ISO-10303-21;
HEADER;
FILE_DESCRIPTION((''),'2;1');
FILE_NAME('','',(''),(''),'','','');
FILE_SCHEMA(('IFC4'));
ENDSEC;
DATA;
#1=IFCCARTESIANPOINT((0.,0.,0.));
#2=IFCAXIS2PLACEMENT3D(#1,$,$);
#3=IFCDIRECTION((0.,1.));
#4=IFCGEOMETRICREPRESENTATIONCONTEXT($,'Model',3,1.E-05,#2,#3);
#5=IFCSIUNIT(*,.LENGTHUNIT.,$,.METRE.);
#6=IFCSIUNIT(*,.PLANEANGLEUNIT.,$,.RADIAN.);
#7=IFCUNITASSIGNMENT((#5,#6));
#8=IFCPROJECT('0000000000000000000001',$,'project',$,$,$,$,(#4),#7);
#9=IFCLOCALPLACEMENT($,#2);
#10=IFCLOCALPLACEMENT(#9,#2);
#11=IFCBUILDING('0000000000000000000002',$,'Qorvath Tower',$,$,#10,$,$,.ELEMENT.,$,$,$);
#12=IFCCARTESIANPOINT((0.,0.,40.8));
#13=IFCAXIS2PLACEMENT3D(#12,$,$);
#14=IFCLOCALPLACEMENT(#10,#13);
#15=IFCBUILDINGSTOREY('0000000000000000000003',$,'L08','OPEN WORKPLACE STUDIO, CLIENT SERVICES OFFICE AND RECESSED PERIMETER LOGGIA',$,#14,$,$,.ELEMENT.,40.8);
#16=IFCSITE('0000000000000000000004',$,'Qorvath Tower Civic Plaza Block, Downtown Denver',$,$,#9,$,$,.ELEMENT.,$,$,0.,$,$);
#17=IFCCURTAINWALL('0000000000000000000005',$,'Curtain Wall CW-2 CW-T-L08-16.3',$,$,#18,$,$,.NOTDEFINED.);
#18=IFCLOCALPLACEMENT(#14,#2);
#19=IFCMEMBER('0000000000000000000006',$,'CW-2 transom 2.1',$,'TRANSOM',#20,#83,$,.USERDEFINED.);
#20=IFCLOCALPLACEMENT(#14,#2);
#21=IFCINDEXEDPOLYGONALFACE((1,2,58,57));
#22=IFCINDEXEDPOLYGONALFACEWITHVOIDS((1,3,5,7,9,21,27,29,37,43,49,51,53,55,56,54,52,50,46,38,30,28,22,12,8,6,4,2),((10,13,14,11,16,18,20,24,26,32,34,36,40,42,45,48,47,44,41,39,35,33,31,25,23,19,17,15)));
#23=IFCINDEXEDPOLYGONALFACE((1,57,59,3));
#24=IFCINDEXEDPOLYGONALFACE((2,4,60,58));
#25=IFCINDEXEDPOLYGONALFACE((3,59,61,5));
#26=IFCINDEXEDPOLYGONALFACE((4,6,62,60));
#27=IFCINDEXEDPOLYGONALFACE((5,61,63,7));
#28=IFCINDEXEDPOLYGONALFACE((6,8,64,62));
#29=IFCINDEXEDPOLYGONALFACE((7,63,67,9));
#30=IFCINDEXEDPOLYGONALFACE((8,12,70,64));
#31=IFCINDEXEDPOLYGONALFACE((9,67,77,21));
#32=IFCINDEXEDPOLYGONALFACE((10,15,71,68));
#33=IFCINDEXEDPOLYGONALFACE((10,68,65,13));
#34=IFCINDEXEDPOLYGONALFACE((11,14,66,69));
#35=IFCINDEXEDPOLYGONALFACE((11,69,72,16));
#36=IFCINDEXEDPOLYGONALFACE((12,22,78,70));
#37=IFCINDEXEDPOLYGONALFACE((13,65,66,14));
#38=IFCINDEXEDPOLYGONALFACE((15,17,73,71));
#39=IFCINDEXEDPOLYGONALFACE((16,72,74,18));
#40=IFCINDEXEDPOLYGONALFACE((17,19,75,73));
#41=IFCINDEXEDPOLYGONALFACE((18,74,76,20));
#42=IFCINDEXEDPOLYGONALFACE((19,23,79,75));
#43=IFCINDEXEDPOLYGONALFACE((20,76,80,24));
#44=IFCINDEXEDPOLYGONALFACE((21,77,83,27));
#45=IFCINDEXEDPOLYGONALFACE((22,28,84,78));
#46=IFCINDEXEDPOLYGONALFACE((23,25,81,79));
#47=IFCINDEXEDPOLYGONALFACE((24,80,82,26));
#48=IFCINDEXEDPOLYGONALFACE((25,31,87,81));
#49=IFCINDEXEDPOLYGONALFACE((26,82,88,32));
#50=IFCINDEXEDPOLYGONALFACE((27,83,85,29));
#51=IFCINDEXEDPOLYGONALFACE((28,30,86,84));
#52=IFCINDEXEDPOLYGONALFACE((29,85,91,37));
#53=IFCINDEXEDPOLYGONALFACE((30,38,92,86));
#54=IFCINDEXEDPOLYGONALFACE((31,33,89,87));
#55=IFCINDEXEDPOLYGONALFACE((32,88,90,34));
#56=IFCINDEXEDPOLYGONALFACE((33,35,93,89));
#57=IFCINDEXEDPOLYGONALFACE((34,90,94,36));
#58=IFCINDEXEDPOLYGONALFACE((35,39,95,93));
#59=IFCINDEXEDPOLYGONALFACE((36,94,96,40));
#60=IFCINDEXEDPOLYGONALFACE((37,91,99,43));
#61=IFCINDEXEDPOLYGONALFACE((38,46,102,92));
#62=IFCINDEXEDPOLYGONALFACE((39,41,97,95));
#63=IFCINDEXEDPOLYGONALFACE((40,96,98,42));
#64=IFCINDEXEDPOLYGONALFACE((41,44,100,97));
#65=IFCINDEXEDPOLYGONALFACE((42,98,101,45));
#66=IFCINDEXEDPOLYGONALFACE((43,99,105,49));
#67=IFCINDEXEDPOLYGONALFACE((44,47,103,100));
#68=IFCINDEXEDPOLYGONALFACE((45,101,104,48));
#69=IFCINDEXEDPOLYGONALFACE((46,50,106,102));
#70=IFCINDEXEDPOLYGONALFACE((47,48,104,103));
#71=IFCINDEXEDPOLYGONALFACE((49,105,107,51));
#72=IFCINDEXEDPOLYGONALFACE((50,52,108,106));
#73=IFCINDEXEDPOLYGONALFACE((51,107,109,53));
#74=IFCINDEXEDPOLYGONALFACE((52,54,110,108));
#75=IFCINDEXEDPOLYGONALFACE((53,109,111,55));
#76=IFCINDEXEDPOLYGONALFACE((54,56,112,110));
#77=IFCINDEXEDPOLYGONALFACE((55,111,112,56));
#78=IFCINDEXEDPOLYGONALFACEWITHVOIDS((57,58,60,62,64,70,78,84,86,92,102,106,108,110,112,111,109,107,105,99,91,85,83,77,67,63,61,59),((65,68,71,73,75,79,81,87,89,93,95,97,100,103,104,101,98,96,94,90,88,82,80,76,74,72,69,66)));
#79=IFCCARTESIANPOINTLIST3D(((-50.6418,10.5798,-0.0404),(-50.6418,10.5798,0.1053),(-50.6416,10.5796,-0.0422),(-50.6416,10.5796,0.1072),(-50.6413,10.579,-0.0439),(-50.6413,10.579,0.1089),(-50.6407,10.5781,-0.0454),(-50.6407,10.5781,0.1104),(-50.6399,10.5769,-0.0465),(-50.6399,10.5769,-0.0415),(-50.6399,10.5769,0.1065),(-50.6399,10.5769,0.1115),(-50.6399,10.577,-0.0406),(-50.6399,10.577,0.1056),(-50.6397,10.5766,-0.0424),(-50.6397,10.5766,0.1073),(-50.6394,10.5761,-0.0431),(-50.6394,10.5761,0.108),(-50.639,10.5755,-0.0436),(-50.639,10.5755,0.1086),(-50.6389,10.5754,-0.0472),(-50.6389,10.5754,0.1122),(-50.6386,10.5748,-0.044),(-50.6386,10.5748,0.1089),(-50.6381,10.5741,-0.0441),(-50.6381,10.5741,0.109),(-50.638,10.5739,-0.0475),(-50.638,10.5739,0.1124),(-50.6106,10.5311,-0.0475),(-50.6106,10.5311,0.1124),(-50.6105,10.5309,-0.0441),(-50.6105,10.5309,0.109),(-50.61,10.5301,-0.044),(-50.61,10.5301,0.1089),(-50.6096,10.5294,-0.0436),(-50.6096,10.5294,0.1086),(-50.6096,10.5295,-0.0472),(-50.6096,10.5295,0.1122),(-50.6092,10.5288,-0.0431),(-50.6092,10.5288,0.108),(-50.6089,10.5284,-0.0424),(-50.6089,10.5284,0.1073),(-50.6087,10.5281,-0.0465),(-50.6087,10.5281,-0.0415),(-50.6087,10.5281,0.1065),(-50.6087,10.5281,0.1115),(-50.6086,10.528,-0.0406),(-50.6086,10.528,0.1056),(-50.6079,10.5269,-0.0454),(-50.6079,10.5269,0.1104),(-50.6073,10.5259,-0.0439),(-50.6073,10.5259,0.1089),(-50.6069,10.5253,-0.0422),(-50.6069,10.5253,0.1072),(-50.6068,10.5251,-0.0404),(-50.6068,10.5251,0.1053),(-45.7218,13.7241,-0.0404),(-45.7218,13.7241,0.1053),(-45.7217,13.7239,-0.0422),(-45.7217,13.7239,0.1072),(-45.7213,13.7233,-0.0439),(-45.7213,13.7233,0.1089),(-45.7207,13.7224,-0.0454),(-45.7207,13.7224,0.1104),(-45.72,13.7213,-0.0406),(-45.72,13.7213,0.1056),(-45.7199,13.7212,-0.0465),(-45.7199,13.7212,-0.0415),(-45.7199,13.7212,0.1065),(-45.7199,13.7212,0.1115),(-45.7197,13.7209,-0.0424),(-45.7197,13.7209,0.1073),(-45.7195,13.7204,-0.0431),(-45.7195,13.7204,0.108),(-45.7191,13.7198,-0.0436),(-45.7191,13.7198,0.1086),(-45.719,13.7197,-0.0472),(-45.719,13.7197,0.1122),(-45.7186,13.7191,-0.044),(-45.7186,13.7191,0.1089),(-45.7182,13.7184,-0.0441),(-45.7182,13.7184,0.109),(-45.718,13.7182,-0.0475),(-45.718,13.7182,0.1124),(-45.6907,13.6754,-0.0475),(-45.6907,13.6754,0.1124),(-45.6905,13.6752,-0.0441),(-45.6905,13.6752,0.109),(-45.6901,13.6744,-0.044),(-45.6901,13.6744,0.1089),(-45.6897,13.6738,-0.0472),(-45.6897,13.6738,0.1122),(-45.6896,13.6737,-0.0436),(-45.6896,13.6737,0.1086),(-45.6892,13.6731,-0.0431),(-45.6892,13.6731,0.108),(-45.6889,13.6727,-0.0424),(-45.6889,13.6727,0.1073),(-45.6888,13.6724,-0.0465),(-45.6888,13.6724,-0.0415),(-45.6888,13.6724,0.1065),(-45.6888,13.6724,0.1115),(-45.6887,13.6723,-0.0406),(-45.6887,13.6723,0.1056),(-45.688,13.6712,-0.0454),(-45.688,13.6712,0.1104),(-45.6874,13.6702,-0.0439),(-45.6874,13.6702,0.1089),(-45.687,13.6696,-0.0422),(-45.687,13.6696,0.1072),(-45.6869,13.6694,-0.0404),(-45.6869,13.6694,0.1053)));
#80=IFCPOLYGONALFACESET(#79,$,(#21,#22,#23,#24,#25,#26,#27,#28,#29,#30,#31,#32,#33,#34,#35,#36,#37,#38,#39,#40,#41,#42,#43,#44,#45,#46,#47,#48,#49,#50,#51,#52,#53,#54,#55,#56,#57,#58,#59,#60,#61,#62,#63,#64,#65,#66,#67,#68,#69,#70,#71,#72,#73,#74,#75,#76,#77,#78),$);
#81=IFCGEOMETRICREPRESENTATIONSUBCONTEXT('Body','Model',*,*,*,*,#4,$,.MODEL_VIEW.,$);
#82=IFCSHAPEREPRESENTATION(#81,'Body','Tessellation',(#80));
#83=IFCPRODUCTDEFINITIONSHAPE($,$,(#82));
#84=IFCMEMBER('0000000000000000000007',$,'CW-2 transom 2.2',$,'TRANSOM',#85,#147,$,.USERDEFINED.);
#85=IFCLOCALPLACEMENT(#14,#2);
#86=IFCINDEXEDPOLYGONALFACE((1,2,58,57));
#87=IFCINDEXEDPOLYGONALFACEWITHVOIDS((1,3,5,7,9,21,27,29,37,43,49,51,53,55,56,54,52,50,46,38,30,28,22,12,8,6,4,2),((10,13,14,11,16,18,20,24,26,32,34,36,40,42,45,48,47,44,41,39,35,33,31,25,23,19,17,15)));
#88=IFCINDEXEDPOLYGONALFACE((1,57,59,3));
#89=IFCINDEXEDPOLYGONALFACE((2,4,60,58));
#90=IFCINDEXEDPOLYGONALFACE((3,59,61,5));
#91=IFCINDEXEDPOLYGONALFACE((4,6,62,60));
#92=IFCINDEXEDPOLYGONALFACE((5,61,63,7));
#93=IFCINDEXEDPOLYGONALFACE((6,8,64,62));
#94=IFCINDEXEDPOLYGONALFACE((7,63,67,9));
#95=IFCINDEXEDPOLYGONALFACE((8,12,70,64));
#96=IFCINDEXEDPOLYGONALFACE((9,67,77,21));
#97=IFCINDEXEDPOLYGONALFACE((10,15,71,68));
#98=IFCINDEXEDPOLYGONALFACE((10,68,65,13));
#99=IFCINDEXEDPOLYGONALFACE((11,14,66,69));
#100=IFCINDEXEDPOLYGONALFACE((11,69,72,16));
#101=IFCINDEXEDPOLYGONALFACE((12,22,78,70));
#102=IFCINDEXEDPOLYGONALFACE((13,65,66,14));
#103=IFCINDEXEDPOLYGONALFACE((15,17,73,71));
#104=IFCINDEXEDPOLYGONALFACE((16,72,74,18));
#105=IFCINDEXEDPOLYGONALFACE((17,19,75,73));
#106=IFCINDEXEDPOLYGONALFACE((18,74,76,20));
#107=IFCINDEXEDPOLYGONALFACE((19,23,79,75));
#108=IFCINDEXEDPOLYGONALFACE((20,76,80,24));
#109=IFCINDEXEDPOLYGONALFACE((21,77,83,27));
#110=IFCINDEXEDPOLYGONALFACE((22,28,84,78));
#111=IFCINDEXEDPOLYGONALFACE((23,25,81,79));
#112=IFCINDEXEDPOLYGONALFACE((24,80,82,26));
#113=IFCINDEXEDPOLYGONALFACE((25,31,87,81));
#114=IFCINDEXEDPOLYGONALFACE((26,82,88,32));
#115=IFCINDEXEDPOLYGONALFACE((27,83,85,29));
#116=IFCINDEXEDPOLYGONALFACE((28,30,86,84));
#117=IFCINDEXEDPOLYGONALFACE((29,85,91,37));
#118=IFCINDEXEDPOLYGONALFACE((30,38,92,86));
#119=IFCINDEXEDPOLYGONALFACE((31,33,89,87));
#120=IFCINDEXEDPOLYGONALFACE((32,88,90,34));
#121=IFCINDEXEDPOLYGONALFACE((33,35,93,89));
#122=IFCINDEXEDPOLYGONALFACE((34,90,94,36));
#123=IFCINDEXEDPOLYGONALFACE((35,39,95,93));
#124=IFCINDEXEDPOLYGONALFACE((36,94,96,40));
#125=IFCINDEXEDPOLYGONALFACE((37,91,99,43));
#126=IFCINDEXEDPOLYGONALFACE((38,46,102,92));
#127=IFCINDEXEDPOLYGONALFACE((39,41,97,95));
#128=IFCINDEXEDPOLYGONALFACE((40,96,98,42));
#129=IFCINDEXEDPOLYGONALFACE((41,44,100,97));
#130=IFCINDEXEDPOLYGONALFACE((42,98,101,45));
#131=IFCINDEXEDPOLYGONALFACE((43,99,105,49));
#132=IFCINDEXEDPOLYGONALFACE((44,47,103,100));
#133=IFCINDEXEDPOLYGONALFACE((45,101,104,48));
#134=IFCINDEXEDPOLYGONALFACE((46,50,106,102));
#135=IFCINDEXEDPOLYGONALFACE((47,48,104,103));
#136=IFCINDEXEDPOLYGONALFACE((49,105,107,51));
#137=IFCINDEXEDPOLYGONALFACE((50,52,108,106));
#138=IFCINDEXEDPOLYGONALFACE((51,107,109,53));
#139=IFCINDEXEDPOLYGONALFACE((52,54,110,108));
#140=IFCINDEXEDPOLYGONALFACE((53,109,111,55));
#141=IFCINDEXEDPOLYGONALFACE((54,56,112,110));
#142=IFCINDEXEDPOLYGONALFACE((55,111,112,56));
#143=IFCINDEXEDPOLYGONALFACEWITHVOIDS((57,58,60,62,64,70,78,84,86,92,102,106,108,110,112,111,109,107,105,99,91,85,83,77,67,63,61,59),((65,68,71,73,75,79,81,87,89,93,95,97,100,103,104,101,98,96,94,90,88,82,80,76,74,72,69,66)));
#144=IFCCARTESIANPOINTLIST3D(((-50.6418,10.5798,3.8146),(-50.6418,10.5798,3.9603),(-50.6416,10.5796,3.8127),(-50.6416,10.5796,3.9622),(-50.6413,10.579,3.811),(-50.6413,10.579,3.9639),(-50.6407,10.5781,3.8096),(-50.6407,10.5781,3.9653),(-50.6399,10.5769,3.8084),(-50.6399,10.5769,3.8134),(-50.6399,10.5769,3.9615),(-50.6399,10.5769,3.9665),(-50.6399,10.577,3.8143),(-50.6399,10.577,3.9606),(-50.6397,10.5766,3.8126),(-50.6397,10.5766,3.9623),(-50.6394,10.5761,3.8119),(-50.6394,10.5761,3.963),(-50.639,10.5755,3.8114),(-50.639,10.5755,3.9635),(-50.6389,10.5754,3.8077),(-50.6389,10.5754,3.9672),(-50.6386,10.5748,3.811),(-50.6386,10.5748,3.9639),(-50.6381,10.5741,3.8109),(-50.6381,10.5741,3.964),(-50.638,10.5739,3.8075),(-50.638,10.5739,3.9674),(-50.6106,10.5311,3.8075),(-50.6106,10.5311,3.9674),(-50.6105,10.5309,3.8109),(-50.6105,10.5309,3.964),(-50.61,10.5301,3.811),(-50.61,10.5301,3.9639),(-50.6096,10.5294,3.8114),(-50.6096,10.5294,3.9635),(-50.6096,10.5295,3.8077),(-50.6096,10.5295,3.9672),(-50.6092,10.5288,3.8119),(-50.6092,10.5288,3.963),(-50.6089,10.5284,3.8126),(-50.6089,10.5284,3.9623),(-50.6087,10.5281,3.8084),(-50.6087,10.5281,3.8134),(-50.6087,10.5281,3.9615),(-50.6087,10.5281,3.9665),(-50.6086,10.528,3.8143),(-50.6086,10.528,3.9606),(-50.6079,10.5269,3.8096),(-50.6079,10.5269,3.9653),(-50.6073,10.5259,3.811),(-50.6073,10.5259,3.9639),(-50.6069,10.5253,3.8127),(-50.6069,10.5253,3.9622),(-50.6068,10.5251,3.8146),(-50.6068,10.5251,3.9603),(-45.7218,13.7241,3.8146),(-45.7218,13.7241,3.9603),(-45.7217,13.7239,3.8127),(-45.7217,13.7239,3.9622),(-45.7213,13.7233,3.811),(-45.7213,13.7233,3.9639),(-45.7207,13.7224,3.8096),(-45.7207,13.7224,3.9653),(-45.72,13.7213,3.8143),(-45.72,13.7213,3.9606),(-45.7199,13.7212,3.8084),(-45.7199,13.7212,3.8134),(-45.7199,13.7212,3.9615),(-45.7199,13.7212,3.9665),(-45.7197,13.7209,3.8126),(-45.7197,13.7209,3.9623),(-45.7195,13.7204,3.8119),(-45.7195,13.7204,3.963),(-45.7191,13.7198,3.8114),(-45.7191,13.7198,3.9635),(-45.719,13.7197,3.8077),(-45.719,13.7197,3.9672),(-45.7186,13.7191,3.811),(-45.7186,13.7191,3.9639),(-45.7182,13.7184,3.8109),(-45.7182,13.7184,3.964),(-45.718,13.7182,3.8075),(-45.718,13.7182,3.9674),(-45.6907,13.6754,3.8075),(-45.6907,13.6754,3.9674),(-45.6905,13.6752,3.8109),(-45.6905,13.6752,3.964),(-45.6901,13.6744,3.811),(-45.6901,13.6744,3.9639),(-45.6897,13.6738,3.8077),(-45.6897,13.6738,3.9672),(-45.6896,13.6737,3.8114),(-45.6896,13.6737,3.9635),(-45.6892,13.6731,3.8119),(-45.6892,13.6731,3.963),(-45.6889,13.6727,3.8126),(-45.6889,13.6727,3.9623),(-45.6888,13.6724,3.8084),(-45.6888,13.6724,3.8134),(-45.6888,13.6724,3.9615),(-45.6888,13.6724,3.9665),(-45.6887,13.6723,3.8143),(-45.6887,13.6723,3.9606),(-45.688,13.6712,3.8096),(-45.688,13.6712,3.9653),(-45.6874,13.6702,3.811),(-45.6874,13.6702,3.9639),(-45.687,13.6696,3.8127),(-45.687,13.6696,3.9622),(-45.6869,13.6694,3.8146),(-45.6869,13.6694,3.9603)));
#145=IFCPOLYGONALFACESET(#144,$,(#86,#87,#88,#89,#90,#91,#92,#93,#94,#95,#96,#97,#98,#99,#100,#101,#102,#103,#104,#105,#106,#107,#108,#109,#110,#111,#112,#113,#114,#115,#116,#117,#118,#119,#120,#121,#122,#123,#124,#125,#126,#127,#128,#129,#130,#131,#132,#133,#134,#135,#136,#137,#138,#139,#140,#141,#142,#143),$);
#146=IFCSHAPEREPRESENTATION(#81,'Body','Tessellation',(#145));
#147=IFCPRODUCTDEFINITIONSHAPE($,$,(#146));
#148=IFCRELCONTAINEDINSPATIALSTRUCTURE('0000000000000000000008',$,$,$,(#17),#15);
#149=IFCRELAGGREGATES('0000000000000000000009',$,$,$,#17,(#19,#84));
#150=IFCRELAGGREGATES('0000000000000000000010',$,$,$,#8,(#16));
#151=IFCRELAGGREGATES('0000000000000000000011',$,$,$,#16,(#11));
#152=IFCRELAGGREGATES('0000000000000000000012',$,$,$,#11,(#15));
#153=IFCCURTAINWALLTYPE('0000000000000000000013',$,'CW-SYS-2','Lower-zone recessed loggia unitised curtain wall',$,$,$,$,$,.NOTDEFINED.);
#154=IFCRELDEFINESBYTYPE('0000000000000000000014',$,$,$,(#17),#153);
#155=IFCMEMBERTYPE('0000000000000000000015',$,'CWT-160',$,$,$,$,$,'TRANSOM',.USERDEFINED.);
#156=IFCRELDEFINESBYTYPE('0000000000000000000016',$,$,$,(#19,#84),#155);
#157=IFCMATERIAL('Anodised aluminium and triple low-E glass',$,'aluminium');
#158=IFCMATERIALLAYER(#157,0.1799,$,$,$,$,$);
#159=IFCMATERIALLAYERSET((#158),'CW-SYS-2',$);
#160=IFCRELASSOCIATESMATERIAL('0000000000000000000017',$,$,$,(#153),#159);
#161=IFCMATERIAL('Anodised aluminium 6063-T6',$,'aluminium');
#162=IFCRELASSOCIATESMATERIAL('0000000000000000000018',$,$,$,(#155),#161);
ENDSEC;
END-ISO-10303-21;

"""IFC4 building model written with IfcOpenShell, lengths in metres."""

from ifc_helpers import new_model, si_unit, direction, frame, origin, origin_2d, place, context, subcontext, project, spatial, hollow_rectangle, extrude, material, layer, layer_set, material_profile, profile_set, type_object, element, aggregate, save


model = new_model("IFC4")

# Units and contexts
model_context = context("Model", 3, precision=1e-05, world=origin(), true_north=direction((0.0, 1.0)))
body_context = subcontext(model_context, "Body", "Model", "MODEL_VIEW")
ifc_project = project(units=[si_unit("LENGTHUNIT", "METRE"), si_unit("PLANEANGLEUNIT", "RADIAN")], contexts=[model_context])

# Site, building, storey
site_placement = place(None, origin())
site = spatial("IfcSite", under=ifc_project, at=site_placement, Name="Qorvath Tower Civic Plaza Block, Downtown Denver", CompositionType="ELEMENT", RefElevation=0.0)
building_placement = place(site_placement, origin())
building = spatial("IfcBuilding", under=site, at=building_placement, Name="Qorvath Tower", CompositionType="ELEMENT")
storey_placement = place(building_placement, frame((0.0, 0.0, 40.8)))
storey = spatial("IfcBuildingStorey", under=building, at=storey_placement, Name="L08", Description="OPEN WORKPLACE STUDIO, CLIENT SERVICES OFFICE AND RECESSED PERIMETER LOGGIA", CompositionType="ELEMENT", Elevation=40.8)

# Curtain wall, members
ifc_material_1 = material(Name="Anodised aluminium and triple low-E glass", Category="aluminium")
ifc_layer_1 = layer(ifc_material_1, 0.1799)
ifc_layer_set_1 = layer_set([ifc_layer_1], Name="CW-SYS-2")
curtain_wall_type = type_object("IfcCurtainWallType", Name="CW-SYS-2", Description="Lower-zone recessed loggia unitised curtain wall", PredefinedType="NOTDEFINED", material=ifc_layer_set_1)
curtain_wall_placement = place(storey_placement, origin())
curtain_wall = element("IfcCurtainWall", 1, at=curtain_wall_placement, inside=storey, type_object=curtain_wall_type, Name="Curtain Wall CW-2 CW-T-L08-16.3", PredefinedType="NOTDEFINED")
ifc_material_2 = material(Name="Anodised aluminium 6063-T6", Category="aluminium")
ifc_material_profile_1 = material_profile(ifc_material_2, hollow_rectangle(XDim=0.0649, YDim=0.1599, WallThickness=0.0034, InnerFilletRadius=0.0034, OuterFilletRadius=0.0071, at=origin_2d()), Name="CWT 160x65")
ifc_profile_set_1 = profile_set([ifc_material_profile_1], Name="Anodised aluminium 6063-T6")
member_type_1 = type_object("IfcMemberType", Name="CWT-160", ElementType="TRANSOM", PredefinedType="USERDEFINED", material=ifc_profile_set_1)
member_1_placement = place(storey_placement, frame((-45.7043, 13.6968, 0.0325), z_axis=(-0.842618, -0.538511, 0.0), x_axis=(0.538511, -0.842618, 0.0)))
member_1 = element("IfcMember", 2, at=member_1_placement, type_object=member_type_1, Name="CW-2 transom 2.1", ObjectType="TRANSOM", PredefinedType="USERDEFINED", context=body_context, shape_type="SweptSolid", body=[
    extrude(hollow_rectangle(XDim=0.0649, YDim=0.1599, WallThickness=0.0034, InnerFilletRadius=0.0034, OuterFilletRadius=0.0071, at=origin_2d()), origin(), (0.0, 0.0, 1.0), 5.8389),
])
member_2_placement = place(storey_placement, frame((-45.7043, 13.6968, 3.8875), z_axis=(-0.842618, -0.538511, 0.0), x_axis=(0.538511, -0.842618, 0.0)))
member_2 = element("IfcMember", 3, at=member_2_placement, type_object=member_type_1, Name="CW-2 transom 2.2", ObjectType="TRANSOM", PredefinedType="USERDEFINED", context=body_context, shape_type="SweptSolid", body=[
    extrude(hollow_rectangle(XDim=0.0649, YDim=0.1599, WallThickness=0.0034, InnerFilletRadius=0.0034, OuterFilletRadius=0.0071, at=origin_2d()), origin(), (0.0, 0.0, 1.0), 5.8389),
])
aggregate(curtain_wall, [member_1, member_2])

save(model, "model.ifc")
